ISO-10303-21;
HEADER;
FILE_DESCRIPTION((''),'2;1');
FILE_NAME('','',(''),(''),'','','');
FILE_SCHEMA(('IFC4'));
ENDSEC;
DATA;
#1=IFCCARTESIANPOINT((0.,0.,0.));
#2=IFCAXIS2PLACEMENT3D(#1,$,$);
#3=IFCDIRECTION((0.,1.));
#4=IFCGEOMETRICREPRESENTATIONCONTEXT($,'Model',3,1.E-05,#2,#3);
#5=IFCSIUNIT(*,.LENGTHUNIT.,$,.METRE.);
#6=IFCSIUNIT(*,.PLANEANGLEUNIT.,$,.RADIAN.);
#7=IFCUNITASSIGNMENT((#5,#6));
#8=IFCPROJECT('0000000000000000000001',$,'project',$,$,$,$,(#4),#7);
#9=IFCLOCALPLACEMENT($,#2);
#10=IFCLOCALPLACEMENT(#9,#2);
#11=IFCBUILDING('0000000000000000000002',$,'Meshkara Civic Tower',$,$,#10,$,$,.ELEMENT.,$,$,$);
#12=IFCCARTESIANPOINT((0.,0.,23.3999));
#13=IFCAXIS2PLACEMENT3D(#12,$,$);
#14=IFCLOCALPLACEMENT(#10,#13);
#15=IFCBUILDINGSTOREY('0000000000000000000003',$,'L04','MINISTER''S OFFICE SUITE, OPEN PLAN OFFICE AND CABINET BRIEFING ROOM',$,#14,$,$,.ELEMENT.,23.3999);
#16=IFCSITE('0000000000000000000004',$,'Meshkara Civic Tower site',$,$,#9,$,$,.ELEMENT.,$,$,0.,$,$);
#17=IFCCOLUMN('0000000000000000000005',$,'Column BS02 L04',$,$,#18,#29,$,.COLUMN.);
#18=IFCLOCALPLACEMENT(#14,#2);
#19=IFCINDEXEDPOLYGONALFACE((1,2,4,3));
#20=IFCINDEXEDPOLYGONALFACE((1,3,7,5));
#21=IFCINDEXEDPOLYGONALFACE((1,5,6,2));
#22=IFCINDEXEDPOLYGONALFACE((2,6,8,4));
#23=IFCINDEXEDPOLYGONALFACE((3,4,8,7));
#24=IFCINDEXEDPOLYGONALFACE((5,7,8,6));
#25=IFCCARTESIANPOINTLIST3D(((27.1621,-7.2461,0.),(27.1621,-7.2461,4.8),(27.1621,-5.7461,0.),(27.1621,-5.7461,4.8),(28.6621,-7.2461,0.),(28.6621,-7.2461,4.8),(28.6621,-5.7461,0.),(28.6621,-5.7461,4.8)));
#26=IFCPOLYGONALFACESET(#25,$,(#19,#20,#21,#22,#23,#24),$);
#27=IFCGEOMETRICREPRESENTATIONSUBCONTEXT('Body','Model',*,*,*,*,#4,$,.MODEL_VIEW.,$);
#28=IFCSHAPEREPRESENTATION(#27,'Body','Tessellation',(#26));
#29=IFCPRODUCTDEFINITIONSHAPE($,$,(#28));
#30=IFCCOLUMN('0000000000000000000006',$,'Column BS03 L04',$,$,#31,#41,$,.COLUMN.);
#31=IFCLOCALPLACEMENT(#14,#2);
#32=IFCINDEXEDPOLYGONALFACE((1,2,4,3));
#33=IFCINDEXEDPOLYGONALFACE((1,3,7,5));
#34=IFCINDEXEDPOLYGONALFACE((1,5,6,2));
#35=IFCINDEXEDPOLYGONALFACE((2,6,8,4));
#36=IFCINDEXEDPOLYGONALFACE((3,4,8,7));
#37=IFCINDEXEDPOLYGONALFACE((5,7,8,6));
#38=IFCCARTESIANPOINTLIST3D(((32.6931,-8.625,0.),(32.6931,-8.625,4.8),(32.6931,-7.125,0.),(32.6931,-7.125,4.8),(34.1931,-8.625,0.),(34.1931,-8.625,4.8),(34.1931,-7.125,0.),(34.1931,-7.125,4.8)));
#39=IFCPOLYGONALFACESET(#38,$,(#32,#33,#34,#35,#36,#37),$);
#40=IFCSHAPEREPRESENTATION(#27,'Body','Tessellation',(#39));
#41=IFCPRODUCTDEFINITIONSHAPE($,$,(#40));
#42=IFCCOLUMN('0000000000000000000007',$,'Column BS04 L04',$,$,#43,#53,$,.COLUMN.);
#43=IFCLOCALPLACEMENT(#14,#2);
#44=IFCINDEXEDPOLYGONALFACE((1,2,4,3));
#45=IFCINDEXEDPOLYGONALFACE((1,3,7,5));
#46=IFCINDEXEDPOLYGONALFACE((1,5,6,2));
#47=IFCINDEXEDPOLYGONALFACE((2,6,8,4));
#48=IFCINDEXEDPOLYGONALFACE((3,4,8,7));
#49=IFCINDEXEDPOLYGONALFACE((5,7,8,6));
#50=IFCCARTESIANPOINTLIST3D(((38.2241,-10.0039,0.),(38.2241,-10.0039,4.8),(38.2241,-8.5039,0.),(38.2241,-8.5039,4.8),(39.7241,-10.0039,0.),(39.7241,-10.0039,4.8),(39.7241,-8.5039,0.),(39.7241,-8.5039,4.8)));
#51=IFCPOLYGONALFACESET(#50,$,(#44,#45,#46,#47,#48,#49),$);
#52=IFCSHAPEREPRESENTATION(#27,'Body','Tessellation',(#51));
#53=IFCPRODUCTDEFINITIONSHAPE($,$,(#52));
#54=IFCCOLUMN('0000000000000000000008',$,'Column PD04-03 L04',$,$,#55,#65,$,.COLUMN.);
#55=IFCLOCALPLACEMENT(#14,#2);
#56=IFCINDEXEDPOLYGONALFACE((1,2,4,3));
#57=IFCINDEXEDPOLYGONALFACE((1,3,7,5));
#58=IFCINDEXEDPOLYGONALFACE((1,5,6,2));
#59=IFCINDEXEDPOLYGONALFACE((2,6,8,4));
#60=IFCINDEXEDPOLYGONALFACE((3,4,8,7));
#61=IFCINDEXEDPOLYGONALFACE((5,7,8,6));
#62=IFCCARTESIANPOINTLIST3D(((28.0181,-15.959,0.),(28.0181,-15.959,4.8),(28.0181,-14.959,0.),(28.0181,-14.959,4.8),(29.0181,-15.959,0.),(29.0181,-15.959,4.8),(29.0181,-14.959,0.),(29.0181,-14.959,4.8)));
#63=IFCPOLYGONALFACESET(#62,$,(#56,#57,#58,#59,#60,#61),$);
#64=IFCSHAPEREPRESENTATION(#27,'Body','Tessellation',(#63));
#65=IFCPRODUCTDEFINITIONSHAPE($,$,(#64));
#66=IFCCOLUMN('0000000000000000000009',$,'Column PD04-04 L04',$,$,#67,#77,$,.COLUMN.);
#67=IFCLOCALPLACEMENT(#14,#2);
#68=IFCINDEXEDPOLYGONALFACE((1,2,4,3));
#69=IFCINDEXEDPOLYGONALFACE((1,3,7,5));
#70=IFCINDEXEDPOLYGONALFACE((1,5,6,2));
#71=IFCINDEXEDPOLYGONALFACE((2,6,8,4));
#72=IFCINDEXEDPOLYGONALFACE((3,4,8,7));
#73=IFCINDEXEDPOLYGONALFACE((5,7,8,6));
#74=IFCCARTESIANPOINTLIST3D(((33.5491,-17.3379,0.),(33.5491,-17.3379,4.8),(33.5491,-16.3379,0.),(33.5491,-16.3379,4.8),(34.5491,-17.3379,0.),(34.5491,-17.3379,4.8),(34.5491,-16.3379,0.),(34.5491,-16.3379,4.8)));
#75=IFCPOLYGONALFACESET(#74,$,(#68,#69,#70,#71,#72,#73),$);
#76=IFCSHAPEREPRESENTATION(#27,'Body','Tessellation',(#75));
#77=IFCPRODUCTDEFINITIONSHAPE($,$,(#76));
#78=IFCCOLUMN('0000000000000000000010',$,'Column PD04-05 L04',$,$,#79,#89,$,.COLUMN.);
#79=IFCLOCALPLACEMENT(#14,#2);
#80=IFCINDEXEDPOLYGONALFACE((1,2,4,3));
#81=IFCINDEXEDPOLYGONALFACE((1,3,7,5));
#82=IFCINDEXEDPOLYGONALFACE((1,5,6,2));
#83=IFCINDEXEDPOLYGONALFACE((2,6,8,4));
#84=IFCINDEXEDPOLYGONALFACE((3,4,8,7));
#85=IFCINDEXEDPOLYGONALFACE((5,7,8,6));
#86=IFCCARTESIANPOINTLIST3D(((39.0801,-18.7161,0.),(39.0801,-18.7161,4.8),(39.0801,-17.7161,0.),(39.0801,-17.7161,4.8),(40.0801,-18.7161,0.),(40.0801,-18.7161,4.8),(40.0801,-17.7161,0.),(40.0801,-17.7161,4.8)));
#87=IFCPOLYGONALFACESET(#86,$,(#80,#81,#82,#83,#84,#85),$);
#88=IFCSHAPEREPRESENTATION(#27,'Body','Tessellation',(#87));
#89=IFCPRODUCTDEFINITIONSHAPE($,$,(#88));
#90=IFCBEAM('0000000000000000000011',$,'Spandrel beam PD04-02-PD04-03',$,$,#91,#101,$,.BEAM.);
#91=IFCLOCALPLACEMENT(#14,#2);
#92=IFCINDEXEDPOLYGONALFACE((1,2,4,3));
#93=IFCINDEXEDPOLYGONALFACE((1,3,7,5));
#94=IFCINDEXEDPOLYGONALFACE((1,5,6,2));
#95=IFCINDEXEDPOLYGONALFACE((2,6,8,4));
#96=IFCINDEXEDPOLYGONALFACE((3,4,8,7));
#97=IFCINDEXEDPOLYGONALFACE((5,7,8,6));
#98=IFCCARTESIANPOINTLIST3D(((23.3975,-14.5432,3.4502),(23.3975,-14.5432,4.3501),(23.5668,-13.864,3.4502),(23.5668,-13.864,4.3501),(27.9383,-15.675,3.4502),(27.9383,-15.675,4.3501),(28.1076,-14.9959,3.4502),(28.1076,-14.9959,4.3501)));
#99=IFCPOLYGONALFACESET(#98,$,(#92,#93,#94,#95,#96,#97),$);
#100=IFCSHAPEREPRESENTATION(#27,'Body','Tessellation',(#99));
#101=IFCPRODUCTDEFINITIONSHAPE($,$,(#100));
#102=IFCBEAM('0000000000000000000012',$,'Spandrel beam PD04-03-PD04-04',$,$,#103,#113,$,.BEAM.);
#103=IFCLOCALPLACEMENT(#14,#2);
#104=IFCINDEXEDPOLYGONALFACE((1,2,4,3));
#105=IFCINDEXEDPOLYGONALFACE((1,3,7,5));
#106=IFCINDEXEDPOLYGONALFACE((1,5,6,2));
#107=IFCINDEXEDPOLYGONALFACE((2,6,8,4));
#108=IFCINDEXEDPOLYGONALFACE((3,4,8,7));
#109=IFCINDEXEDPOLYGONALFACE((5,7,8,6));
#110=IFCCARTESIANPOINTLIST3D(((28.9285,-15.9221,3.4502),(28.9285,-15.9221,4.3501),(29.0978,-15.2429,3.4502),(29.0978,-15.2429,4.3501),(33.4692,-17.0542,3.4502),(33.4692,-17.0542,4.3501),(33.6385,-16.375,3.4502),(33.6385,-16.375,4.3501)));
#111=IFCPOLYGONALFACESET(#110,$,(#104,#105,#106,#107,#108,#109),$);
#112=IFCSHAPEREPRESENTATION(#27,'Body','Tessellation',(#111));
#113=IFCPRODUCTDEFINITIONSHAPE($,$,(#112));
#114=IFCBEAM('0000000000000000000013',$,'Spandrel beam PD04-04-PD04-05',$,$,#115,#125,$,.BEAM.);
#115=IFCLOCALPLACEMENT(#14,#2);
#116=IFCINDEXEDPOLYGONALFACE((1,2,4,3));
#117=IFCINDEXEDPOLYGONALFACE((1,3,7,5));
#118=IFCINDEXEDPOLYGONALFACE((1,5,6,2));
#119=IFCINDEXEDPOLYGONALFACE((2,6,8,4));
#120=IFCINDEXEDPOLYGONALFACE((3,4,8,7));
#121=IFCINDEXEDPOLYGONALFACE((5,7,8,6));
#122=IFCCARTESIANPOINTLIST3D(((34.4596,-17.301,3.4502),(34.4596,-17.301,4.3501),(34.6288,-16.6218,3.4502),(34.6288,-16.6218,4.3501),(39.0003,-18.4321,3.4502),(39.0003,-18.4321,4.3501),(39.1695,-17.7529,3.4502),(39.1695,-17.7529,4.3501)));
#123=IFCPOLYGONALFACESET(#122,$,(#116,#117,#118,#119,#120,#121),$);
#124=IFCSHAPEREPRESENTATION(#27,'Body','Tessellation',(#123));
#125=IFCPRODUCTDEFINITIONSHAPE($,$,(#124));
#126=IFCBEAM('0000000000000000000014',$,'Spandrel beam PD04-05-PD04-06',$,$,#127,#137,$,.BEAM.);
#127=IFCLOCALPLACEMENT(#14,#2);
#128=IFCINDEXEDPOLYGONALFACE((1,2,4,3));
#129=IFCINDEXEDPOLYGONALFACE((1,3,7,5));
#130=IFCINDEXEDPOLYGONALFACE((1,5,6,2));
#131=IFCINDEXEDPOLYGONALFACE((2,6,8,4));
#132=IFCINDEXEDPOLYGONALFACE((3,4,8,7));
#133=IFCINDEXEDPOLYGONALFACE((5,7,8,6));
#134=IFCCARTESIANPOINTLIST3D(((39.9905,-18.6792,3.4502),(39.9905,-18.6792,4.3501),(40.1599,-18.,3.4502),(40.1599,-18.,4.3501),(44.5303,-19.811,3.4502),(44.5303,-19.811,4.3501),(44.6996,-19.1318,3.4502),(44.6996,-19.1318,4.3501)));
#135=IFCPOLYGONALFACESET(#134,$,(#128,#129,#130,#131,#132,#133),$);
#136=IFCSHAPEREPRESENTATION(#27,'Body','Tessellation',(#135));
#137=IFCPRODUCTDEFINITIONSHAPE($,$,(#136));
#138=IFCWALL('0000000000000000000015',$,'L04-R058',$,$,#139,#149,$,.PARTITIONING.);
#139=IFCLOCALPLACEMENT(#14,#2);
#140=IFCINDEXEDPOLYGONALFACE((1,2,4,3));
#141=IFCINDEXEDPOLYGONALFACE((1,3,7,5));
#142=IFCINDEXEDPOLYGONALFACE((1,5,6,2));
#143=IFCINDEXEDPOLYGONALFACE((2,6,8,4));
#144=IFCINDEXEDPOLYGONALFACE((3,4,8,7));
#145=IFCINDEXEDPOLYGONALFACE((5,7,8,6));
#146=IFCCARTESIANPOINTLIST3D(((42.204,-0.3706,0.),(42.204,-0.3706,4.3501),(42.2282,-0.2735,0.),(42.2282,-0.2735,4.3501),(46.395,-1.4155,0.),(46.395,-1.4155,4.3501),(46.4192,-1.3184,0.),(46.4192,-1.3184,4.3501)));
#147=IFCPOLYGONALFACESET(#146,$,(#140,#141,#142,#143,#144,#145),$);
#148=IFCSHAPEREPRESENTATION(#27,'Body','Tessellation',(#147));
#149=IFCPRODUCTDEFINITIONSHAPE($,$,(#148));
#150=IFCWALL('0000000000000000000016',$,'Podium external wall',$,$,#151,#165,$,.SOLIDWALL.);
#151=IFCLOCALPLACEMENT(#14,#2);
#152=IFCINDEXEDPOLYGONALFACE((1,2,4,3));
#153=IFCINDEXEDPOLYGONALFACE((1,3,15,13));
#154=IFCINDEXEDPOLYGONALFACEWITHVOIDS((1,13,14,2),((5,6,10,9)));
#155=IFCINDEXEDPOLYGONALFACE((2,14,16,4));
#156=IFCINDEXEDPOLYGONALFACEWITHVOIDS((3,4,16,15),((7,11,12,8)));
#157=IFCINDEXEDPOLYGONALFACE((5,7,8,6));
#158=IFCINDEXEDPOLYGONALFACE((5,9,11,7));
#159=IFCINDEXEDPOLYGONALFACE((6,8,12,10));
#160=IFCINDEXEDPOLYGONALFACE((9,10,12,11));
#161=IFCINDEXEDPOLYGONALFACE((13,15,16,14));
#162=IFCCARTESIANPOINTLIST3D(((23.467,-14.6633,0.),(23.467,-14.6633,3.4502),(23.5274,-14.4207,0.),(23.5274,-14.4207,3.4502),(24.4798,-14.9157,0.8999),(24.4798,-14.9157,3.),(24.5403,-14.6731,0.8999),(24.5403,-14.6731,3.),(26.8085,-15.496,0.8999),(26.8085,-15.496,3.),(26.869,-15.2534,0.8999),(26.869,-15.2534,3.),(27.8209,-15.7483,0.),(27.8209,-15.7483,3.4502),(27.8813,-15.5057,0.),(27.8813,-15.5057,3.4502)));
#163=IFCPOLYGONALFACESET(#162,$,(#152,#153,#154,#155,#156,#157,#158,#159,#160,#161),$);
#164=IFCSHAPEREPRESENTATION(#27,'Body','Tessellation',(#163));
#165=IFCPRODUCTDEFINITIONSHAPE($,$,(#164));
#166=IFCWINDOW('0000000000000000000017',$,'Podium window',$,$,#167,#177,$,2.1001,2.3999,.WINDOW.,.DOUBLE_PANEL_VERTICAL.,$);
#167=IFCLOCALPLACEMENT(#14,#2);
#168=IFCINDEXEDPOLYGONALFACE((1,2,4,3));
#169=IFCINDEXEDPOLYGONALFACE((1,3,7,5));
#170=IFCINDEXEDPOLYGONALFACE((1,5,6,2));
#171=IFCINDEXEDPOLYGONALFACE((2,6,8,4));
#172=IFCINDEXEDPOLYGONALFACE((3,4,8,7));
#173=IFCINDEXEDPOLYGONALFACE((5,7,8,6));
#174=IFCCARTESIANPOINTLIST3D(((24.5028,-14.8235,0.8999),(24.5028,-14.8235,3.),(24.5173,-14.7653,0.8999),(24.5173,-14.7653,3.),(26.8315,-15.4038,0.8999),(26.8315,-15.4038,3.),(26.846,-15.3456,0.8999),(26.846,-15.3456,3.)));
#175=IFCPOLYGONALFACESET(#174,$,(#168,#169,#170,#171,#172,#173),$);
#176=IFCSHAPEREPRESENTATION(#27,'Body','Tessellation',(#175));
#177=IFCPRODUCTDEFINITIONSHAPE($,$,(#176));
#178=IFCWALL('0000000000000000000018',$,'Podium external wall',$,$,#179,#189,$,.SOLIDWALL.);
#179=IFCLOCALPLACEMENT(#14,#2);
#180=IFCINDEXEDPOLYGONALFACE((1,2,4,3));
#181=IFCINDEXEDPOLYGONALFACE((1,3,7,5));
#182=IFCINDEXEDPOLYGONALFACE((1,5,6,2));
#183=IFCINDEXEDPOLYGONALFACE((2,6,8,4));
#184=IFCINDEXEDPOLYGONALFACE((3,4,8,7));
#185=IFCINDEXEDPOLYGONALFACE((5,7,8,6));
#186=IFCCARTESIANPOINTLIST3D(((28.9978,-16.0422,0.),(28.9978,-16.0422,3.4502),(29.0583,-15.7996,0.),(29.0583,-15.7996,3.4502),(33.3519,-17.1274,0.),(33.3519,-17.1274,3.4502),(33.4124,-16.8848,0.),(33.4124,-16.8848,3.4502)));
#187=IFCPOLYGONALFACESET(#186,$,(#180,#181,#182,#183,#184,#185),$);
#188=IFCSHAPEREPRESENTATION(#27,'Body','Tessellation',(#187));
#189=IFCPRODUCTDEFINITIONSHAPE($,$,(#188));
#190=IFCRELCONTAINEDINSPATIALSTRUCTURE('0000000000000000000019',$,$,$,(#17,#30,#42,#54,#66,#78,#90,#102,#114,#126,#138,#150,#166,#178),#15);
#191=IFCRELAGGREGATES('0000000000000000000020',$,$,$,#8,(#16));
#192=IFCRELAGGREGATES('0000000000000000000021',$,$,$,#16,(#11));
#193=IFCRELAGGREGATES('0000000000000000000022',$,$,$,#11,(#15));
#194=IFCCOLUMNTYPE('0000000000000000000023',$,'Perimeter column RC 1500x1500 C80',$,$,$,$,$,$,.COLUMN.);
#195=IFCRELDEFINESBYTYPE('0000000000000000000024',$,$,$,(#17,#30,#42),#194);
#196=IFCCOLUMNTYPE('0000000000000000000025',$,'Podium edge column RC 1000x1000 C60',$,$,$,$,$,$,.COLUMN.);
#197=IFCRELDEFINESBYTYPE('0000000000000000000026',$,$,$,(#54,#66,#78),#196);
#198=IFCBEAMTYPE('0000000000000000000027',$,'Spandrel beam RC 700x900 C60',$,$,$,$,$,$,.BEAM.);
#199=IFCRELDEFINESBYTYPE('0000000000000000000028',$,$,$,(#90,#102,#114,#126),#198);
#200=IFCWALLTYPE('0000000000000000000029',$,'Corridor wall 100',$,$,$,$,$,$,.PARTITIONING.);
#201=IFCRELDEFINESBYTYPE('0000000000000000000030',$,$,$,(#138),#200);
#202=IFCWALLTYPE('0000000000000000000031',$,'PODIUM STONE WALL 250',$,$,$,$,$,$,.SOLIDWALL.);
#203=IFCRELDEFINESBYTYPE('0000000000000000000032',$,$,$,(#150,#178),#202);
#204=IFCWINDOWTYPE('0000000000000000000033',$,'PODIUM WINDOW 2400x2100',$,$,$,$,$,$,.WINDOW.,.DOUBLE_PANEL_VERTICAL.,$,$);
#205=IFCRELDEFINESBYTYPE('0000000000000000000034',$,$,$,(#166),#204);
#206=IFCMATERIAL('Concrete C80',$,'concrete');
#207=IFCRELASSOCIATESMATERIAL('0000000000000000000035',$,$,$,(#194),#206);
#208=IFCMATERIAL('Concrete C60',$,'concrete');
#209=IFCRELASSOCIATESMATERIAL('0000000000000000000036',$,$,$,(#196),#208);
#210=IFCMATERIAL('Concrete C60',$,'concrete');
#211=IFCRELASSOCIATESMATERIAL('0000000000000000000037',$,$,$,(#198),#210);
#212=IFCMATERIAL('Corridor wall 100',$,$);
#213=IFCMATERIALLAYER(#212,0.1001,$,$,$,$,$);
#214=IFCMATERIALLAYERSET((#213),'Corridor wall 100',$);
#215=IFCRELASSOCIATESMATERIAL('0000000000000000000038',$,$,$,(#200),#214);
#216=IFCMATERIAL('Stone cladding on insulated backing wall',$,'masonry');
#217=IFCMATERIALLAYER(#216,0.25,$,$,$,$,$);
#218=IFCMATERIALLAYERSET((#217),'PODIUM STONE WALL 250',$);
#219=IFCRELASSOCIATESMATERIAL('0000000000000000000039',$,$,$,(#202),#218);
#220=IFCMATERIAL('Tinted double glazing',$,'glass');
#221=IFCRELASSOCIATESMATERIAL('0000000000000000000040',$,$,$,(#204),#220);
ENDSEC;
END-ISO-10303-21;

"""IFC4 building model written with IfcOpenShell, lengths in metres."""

from ifc_helpers import new_model, si_unit, direction, frame, frame_2d, origin, origin_2d, place, context, subcontext, project, spatial, rectangle, extrude, material, layer, layer_set, material_profile, profile_set, type_object, element, fill, save


model = new_model("IFC4")

# Units and contexts
model_context = context("Model", 3, precision=1e-05, world=origin(), true_north=direction((0.0, 1.0)))
body_context = subcontext(model_context, "Body", "Model", "MODEL_VIEW")
ifc_project = project(units=[si_unit("LENGTHUNIT", "METRE"), si_unit("PLANEANGLEUNIT", "RADIAN")], contexts=[model_context])

# Site, building, storey
site_placement = place(None, origin())
site = spatial("IfcSite", under=ifc_project, at=site_placement, Name="Meshkara Civic Tower site", CompositionType="ELEMENT", RefElevation=0.0)
building_placement = place(site_placement, origin())
building = spatial("IfcBuilding", under=site, at=building_placement, Name="Meshkara Civic Tower", CompositionType="ELEMENT")
storey_placement = place(building_placement, frame((0.0, 0.0, 23.3999)))
storey = spatial("IfcBuildingStorey", under=building, at=storey_placement, Name="L04", Description="MINISTER'S OFFICE SUITE, OPEN PLAN OFFICE AND CABINET BRIEFING ROOM", CompositionType="ELEMENT", Elevation=23.3999)

# Columns
ifc_material_1 = material(Name="Concrete C80", Category="concrete")
ifc_material_profile_1 = material_profile(ifc_material_1, rectangle(XDim=1.5, YDim=1.5, at=origin_2d()))
ifc_profile_set_1 = profile_set([ifc_material_profile_1], Name="Concrete C80")
column_type_1 = type_object("IfcColumnType", Name="Perimeter column RC 1500x1500 C80", PredefinedType="COLUMN", material=ifc_profile_set_1)
for number, where, z_axis, x_axis, name in (
    (1, (27.9121, -6.4961, 0.0), (0.0, 0.0, 1.0), (1.0, 0.0, 0.0), "Column BS02 L04"),
    (2, (33.4431, -7.875, 0.0), (0.0, 0.0, 1.0), (1.0, 0.0, 0.0), "Column BS03 L04"),
    (3, (38.9741, -9.2539, 0.0), (0.0, 0.0, 1.0), (1.0, 0.0, 0.0), "Column BS04 L04"),
):
    element("IfcColumn", number, at=place(storey_placement, frame(where, z_axis=z_axis, x_axis=x_axis)), inside=storey, type_object=column_type_1, Name=name, PredefinedType="COLUMN", context=body_context, shape_type="SweptSolid", body=[
        extrude(rectangle(XDim=1.5, YDim=1.5, at=origin_2d()), origin(), (0.0, 0.0, 1.0), 4.8),
    ])
ifc_material_2 = material(Name="Concrete C60", Category="concrete")
ifc_material_profile_2 = material_profile(ifc_material_2, rectangle(XDim=1.0, YDim=1.0, at=origin_2d()))
ifc_profile_set_2 = profile_set([ifc_material_profile_2], Name="Concrete C60")
column_type_2 = type_object("IfcColumnType", Name="Podium edge column RC 1000x1000 C60", PredefinedType="COLUMN", material=ifc_profile_set_2)
for number, where, z_axis, x_axis, name in (
    (4, (28.5181, -15.459, 0.0), (0.0, 0.0, 1.0), (1.0, 0.0, 0.0), "Column PD04-03 L04"),
    (5, (34.0491, -16.8379, 0.0), (0.0, 0.0, 1.0), (1.0, 0.0, 0.0), "Column PD04-04 L04"),
    (6, (39.5801, -18.2161, 0.0), (0.0, 0.0, 1.0), (1.0, 0.0, 0.0), "Column PD04-05 L04"),
):
    element("IfcColumn", number, at=place(storey_placement, frame(where, z_axis=z_axis, x_axis=x_axis)), inside=storey, type_object=column_type_2, Name=name, PredefinedType="COLUMN", context=body_context, shape_type="SweptSolid", body=[
        extrude(rectangle(XDim=1.0, YDim=1.0, at=origin_2d()), origin(), (0.0, 0.0, 1.0), 4.8),
    ])

# Beams
ifc_material_3 = material(Name="Concrete C60", Category="concrete")
ifc_material_profile_3 = material_profile(ifc_material_3, rectangle(XDim=0.7, YDim=0.8999, at=origin_2d()))
ifc_profile_set_3 = profile_set([ifc_material_profile_3], Name="Concrete C60")
beam_type = type_object("IfcBeamType", Name="Spandrel beam RC 700x900 C60", PredefinedType="BEAM", material=ifc_profile_set_3)
for number, where, z_axis, x_axis, name in (
    (7, (23.4822, -14.2036, 3.9001), (0.970311, -0.24186, 0.0), (0.24186, 0.970311, 0.0), "Spandrel beam PD04-02-PD04-03"),
    (8, (29.0132, -15.5825, 3.9001), (0.970299, -0.24191, 0.0), (0.24191, 0.970299, 0.0), "Spandrel beam PD04-03-PD04-04"),
):
    element("IfcBeam", number, at=place(storey_placement, frame(where, z_axis=z_axis, x_axis=x_axis)), inside=storey, type_object=beam_type, Name=name, PredefinedType="BEAM", context=body_context, shape_type="SweptSolid", body=[
        extrude(rectangle(XDim=0.7, YDim=0.8999, at=origin_2d()), origin(), (0.0, 0.0, 1.0), 4.6797),
    ])
beam_1_placement = place(storey_placement, frame((34.5442, -16.9614, 3.9001), z_axis=(0.970348, -0.241713, 0.0), x_axis=(0.241713, 0.970348, 0.0)))
element("IfcBeam", 9, at=beam_1_placement, inside=storey, type_object=beam_type, Name="Spandrel beam PD04-04-PD04-05", PredefinedType="BEAM", context=body_context, shape_type="SweptSolid", body=[
    extrude(rectangle(XDim=0.7, YDim=0.8999, at=origin_2d()), origin(), (0.0, 0.0, 1.0), 4.6794),
])
beam_2_placement = place(storey_placement, frame((40.0752, -18.3396, 3.9001), z_axis=(0.970299, -0.241909, 0.0), x_axis=(0.241909, 0.970299, 0.0)))
element("IfcBeam", 10, at=beam_2_placement, inside=storey, type_object=beam_type, Name="Spandrel beam PD04-05-PD04-06", PredefinedType="BEAM", context=body_context, shape_type="SweptSolid", body=[
    extrude(rectangle(XDim=0.7, YDim=0.8999, at=origin_2d()), origin(), (0.0, 0.0, 1.0), 4.6787),
])

# Wall
ifc_material_4 = material(Name="Corridor wall 100")
ifc_layer_1 = layer(ifc_material_4, 0.1001)
ifc_layer_set_1 = layer_set([ifc_layer_1], Name="Corridor wall 100")
wall_type_1 = type_object("IfcWallType", Name="Corridor wall 100", PredefinedType="PARTITIONING", material=ifc_layer_set_1)
wall_1_placement = place(storey_placement, frame((42.2161, -0.322, 0.0), z_axis=(0.0, 0.0, 1.0), x_axis=(0.970295, -0.241924, 0.0)))
element("IfcWall", 11, at=wall_1_placement, inside=storey, type_object=wall_type_1, Name="L04-R058", PredefinedType="PARTITIONING", context=body_context, shape_type="SweptSolid", body=[
    extrude(rectangle(XDim=4.3193, YDim=0.1001, at=frame_2d((2.1597, 0.0))), origin(), (0.0, 0.0, 1.0), 4.3501),
])

# Wall, opening, window
ifc_material_5 = material(Name="Stone cladding on insulated backing wall", Category="masonry")
ifc_layer_2 = layer(ifc_material_5, 0.25)
ifc_layer_set_2 = layer_set([ifc_layer_2], Name="PODIUM STONE WALL 250")
wall_type_2 = type_object("IfcWallType", Name="PODIUM STONE WALL 250", PredefinedType="SOLIDWALL", material=ifc_layer_set_2)
wall_2_placement = place(storey_placement, frame((23.4971, -14.542, 0.0), z_axis=(0.0, 0.0, 1.0), x_axis=(0.970328, -0.241793, 0.0)))
wall_2 = element("IfcWall", 12, at=wall_2_placement, inside=storey, type_object=wall_type_2, Name="Podium external wall", PredefinedType="SOLIDWALL", context=body_context, shape_type="SweptSolid", body=[
    extrude(rectangle(XDim=4.4871, YDim=0.25, at=frame_2d((2.2437, 0.0))), origin(), (0.0, 0.0, 1.0), 3.4502),
])
opening_1_placement = place(wall_2_placement, frame((1.0439, 0.0, 0.8999)))
opening_1 = element("IfcOpeningElement", 13, at=opening_1_placement, cuts=wall_2, PredefinedType="OPENING", context=body_context, shape_type="SweptSolid", body=[
    extrude(rectangle(XDim=2.3999, YDim=2.1001, at=frame_2d((1.2, 1.05))), frame((0.0, 0.135, 0.0), z_axis=(0.0, -1.0, 0.0), x_axis=(1.0, 0.0, 0.0)), (0.0, 0.0, 1.0), 0.27),
])
ifc_material_6 = material(Name="Tinted double glazing", Category="glass")
window_type = type_object("IfcWindowType", Name="PODIUM WINDOW 2400x2100", PartitioningType="DOUBLE_PANEL_VERTICAL", PredefinedType="WINDOW", material=ifc_material_6)
window_1_placement = place(opening_1_placement, origin())
window_1 = element("IfcWindow", 14, at=window_1_placement, inside=storey, type_object=window_type, Name="Podium window", OverallHeight=2.1001, OverallWidth=2.3999, PartitioningType="DOUBLE_PANEL_VERTICAL", PredefinedType="WINDOW", context=body_context, shape_type="SweptSolid", body=[
    extrude(rectangle(XDim=2.3999, YDim=2.1001, at=frame_2d((1.2, 1.05))), frame((0.0, 0.03, 0.0), z_axis=(0.0, -1.0, 0.0), x_axis=(1.0, 0.0, 0.0)), (0.0, 0.0, 1.0), 0.0601),
])
fill(opening_1, window_1)

# Wall
wall_3_placement = place(storey_placement, frame((29.0281, -15.9209, 0.0), z_axis=(0.0, 0.0, 1.0), x_axis=(0.970315, -0.241844, 0.0)))
element("IfcWall", 15, at=wall_3_placement, inside=storey, type_object=wall_type_2, Name="Podium external wall", PredefinedType="SOLIDWALL", context=body_context, shape_type="SweptSolid", body=[
    extrude(rectangle(XDim=4.4873, YDim=0.25, at=frame_2d((2.2437, 0.0))), origin(), (0.0, 0.0, 1.0), 3.4502),
])

save(model, "model.ifc")
